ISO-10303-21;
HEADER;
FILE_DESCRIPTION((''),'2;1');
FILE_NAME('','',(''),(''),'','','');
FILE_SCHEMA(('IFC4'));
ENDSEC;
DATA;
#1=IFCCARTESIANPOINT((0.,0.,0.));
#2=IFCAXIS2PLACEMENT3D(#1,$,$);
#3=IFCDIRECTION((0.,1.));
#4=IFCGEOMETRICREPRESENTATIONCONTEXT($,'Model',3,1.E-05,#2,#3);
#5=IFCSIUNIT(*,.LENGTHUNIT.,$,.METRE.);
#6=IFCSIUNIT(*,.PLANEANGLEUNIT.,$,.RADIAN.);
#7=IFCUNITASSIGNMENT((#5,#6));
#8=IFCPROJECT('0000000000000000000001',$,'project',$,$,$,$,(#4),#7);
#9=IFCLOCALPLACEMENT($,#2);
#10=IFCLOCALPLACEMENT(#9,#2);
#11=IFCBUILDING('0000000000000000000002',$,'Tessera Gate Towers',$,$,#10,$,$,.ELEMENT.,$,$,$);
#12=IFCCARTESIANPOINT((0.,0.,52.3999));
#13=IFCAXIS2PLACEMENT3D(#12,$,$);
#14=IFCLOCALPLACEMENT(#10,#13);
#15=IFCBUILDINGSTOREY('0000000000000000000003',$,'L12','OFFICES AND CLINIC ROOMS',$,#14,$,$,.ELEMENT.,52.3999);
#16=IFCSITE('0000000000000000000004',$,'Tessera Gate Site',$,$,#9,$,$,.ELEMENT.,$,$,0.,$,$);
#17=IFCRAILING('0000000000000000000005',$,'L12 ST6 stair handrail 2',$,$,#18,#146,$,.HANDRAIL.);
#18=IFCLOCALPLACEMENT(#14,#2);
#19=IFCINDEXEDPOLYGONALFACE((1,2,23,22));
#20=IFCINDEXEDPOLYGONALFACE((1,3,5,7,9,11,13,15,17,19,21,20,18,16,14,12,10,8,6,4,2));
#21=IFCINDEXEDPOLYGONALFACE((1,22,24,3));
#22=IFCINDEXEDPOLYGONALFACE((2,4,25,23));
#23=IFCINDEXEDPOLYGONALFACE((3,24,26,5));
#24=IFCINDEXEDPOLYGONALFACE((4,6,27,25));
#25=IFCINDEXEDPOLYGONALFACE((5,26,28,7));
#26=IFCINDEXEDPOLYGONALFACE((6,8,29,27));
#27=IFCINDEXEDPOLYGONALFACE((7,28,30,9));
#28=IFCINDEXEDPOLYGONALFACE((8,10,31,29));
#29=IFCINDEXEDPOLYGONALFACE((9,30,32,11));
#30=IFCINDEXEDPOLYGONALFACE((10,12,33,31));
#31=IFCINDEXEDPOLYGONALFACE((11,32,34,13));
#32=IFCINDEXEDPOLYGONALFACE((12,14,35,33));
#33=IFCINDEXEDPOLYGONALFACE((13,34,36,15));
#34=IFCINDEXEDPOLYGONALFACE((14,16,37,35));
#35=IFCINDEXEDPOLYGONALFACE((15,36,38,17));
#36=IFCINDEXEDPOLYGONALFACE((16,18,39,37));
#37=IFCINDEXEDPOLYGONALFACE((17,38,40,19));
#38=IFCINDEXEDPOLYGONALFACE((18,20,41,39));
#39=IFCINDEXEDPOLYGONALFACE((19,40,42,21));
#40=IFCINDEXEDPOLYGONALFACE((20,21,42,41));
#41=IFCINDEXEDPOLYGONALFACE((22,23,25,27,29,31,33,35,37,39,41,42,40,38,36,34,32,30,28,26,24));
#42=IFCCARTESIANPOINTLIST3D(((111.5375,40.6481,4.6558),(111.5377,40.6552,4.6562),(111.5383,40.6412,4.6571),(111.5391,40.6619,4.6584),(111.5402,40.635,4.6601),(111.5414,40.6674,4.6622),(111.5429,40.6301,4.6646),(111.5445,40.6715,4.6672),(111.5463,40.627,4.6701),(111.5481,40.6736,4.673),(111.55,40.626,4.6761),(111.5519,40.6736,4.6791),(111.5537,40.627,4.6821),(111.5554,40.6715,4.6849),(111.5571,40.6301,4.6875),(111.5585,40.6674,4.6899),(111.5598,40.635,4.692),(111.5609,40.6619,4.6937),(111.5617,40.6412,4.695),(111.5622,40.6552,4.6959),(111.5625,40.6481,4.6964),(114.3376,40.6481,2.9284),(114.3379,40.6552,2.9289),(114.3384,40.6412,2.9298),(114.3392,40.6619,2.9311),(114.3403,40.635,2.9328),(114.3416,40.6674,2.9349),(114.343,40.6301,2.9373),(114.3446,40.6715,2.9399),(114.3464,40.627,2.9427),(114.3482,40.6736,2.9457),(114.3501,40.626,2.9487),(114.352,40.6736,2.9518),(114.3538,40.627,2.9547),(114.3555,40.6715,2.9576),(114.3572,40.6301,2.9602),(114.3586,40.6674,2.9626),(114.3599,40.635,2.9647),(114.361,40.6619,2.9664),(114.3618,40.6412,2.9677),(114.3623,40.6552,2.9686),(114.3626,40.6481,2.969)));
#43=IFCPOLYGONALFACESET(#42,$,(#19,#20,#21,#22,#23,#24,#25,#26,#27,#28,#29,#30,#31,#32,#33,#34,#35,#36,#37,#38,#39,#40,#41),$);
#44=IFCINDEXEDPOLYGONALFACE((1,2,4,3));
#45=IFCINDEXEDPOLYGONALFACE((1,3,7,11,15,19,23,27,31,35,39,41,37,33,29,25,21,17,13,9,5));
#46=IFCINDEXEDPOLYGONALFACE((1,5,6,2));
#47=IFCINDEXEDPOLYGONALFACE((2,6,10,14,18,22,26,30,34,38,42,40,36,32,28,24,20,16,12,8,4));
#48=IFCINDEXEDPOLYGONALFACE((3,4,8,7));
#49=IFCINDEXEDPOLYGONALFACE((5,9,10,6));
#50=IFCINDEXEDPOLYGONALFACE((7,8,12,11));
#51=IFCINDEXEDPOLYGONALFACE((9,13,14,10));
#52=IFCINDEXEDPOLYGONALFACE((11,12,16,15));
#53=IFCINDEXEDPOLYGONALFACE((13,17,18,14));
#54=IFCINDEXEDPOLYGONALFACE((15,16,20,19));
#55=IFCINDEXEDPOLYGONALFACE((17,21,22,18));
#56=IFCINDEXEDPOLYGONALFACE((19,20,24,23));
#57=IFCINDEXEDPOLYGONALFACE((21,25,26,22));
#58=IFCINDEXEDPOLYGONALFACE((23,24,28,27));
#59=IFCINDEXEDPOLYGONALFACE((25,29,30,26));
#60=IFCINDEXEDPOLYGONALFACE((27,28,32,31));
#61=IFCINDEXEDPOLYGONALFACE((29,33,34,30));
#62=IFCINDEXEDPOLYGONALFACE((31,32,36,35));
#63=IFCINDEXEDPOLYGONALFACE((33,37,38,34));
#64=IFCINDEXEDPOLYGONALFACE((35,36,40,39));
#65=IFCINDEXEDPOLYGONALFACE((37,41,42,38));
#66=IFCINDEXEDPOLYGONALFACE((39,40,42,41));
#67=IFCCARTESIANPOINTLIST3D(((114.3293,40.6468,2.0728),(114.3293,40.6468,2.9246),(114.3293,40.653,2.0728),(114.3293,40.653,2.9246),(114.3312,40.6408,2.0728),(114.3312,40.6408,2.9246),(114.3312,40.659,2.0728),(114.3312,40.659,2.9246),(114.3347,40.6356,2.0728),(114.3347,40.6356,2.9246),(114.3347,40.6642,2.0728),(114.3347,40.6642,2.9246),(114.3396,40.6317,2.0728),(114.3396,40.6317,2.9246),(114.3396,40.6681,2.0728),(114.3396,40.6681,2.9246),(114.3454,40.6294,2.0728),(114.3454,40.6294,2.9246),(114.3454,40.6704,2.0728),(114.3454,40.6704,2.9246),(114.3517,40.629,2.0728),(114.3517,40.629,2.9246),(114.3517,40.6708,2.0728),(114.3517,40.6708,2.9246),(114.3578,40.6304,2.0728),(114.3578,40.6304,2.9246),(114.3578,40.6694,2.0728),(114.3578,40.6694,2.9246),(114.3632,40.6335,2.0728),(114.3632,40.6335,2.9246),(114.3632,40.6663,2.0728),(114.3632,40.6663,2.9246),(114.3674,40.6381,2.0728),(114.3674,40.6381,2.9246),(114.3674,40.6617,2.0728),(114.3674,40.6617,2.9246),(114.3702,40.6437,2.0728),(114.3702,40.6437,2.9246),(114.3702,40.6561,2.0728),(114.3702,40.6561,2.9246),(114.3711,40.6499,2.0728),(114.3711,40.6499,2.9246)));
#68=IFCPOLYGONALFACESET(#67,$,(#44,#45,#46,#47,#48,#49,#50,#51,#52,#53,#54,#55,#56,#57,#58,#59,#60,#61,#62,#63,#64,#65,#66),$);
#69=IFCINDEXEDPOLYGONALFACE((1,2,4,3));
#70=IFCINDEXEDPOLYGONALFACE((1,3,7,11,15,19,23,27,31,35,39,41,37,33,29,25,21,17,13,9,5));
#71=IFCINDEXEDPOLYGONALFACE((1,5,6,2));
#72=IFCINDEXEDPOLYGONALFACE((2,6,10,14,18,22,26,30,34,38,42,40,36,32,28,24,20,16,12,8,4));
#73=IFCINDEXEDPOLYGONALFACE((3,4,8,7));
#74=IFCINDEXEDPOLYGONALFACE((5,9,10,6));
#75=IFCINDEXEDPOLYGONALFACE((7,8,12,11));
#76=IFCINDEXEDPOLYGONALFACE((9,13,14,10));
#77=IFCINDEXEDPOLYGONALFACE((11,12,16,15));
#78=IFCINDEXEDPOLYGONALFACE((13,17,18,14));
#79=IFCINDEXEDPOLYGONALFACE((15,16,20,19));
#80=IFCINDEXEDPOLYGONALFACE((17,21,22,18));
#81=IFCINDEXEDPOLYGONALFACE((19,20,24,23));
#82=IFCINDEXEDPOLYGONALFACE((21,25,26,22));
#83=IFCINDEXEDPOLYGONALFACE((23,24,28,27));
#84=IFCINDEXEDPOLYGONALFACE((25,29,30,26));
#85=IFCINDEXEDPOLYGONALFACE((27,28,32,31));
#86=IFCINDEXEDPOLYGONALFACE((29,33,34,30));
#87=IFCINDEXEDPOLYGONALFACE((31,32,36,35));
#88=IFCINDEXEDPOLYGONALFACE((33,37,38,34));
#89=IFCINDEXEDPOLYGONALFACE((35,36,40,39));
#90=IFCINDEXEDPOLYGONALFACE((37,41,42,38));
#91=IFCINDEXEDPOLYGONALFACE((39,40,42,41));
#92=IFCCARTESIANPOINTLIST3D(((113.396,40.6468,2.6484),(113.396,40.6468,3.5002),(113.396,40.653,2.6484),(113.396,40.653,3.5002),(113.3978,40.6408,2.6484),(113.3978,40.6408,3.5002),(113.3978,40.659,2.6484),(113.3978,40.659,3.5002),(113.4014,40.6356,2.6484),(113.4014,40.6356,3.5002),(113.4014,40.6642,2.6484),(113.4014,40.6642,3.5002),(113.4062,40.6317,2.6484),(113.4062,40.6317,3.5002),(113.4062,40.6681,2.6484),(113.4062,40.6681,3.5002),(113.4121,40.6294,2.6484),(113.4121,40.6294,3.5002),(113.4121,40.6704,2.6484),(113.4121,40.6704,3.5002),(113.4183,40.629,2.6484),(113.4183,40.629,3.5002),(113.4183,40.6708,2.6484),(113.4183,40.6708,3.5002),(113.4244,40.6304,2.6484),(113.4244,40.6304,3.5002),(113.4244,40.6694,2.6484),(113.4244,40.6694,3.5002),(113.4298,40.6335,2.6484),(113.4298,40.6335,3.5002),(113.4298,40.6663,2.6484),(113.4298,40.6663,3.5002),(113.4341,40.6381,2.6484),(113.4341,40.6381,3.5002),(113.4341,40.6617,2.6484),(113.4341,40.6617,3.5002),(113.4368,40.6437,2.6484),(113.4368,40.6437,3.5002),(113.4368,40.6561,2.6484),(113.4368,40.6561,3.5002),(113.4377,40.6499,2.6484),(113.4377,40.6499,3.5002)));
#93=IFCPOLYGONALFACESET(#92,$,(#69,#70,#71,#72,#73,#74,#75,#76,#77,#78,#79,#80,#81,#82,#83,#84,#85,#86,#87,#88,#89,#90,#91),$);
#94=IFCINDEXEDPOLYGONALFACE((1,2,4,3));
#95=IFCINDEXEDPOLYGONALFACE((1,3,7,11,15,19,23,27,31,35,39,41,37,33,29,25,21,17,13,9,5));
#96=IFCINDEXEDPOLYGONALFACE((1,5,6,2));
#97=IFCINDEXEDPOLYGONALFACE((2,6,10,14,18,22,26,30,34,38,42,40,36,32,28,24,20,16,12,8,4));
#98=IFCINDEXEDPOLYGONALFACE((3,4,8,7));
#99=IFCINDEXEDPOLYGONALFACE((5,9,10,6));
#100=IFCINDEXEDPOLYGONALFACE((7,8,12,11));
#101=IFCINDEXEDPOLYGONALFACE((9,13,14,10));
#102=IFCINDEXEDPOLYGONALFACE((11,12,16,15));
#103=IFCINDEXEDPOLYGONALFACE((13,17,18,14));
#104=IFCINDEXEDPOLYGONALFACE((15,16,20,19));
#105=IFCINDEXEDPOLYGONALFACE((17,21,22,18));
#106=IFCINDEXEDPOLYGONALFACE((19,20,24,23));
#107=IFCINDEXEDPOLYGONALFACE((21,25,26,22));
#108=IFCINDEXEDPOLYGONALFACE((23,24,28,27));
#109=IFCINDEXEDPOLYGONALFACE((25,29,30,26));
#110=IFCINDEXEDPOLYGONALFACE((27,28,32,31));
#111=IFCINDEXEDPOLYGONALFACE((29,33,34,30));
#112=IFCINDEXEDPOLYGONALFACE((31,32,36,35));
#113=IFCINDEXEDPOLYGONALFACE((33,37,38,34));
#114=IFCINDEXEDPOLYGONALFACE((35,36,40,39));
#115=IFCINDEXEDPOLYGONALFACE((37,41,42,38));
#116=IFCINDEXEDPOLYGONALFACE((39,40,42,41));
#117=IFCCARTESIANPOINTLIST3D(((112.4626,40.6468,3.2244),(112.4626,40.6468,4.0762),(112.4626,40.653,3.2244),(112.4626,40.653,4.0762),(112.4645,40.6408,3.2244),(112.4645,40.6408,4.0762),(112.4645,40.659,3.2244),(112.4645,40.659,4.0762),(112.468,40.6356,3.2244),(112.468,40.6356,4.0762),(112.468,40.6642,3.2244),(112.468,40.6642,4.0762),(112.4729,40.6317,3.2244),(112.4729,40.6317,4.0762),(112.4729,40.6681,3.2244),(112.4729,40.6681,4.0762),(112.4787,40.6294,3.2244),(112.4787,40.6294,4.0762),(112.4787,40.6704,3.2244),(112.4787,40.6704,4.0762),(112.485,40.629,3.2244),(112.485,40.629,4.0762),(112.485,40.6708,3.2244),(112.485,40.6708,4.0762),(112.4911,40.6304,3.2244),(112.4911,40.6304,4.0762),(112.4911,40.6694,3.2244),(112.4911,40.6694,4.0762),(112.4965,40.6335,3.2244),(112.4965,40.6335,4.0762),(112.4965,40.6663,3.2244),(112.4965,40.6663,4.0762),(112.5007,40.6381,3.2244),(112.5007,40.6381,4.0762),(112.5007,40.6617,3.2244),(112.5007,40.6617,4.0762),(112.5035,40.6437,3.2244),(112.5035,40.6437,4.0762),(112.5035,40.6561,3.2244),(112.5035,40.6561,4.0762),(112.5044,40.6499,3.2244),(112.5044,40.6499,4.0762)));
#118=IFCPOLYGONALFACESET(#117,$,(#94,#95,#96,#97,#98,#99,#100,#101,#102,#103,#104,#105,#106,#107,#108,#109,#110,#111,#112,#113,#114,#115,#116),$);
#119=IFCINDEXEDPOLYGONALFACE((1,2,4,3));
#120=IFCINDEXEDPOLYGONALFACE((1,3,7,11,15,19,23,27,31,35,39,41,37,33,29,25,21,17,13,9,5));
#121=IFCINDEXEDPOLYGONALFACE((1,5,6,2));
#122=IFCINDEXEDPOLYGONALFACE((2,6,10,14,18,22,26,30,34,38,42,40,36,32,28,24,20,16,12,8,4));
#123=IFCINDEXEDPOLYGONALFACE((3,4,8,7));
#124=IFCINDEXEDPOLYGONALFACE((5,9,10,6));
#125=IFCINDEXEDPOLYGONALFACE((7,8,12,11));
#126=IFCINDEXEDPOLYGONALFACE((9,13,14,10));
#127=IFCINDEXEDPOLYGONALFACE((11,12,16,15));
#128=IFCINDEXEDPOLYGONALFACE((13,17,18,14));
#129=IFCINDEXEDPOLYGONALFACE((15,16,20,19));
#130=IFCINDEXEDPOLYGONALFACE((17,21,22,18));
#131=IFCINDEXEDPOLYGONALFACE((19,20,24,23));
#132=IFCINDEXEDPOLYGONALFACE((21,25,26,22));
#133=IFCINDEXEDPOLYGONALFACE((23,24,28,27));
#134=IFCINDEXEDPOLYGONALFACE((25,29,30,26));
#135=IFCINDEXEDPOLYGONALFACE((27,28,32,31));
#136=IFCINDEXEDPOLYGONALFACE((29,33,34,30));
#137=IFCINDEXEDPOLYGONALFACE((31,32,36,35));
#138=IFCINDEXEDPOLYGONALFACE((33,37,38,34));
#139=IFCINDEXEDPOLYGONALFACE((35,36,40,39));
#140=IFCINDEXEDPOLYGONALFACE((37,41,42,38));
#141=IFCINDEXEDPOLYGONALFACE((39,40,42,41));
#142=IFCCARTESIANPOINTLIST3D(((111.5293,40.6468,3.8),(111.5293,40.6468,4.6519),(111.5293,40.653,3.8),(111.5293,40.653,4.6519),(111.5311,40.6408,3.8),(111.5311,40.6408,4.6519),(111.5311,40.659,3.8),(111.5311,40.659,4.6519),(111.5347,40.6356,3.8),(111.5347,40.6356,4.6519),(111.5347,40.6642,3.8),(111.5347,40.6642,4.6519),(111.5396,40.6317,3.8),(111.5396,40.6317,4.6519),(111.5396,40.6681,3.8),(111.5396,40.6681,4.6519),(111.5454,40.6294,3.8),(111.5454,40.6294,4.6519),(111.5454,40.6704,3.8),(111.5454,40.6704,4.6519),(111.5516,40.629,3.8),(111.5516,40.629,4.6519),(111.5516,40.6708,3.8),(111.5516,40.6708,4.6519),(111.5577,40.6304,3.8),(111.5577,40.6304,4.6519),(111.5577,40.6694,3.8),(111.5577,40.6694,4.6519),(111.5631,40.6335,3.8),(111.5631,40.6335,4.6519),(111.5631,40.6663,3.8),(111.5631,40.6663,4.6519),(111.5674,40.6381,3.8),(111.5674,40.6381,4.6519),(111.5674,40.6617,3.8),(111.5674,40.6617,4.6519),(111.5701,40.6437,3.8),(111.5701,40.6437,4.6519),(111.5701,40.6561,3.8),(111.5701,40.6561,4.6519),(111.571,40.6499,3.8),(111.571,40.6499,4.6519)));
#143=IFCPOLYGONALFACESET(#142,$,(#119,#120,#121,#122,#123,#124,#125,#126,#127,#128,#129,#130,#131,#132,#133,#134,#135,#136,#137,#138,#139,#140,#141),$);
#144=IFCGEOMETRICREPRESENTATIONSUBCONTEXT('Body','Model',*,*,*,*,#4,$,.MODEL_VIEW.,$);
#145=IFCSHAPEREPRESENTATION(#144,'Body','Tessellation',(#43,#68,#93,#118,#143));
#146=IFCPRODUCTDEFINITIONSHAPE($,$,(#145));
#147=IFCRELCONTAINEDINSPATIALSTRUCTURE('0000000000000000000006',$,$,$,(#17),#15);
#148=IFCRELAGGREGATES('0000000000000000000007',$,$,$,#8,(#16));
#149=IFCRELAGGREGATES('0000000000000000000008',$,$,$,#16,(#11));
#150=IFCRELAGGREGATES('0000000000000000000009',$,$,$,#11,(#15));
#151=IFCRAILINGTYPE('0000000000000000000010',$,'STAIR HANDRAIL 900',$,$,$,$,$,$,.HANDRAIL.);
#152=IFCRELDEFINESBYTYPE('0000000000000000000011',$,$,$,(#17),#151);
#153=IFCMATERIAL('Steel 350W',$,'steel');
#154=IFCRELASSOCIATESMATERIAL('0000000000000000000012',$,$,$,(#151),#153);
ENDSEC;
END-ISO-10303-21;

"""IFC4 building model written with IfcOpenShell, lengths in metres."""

from ifc_helpers import new_model, si_unit, direction, frame, origin, origin_2d, place, context, subcontext, project, spatial, circle, extrude, material, type_object, element, save


model = new_model("IFC4")

# Units and contexts
model_context = context("Model", 3, precision=1e-05, world=origin(), true_north=direction((0.0, 1.0)))
body_context = subcontext(model_context, "Body", "Model", "MODEL_VIEW")
ifc_project = project(units=[si_unit("LENGTHUNIT", "METRE"), si_unit("PLANEANGLEUNIT", "RADIAN")], contexts=[model_context])

# Site, building, storey
site_placement = place(None, origin())
site = spatial("IfcSite", under=ifc_project, at=site_placement, Name="Tessera Gate Site", CompositionType="ELEMENT", RefElevation=0.0)
building_placement = place(site_placement, origin())
building = spatial("IfcBuilding", under=site, at=building_placement, Name="Tessera Gate Towers", CompositionType="ELEMENT")
storey_placement = place(building_placement, frame((0.0, 0.0, 52.3999)))
storey = spatial("IfcBuildingStorey", under=building, at=storey_placement, Name="L12", Description="OFFICES AND CLINIC ROOMS", CompositionType="ELEMENT", Elevation=52.3999)

# Railing
ifc_material_1 = material(Name="Steel 350W", Category="steel")
railing_type = type_object("IfcRailingType", Name="STAIR HANDRAIL 900", PredefinedType="HANDRAIL", material=ifc_material_1)
railing_placement = place(storey_placement, frame((114.3501, 40.6499, 2.0728)))
element("IfcRailing", 1, at=railing_placement, inside=storey, type_object=railing_type, Name="L12 ST6 stair handrail 2", PredefinedType="HANDRAIL", context=body_context, shape_type="SweptSolid", body=[
    extrude(circle(Radius=0.0239, at=origin_2d()), frame((0.0, 0.0, 0.876), z_axis=(-0.85109, 0.0, 0.52502), x_axis=(0.0, -1.0, 0.0)), (0.0, 0.0, 1.0), 3.29),
    extrude(circle(Radius=0.021, at=origin_2d()), origin(), (0.0, 0.0, 1.0), 0.8518),
    extrude(circle(Radius=0.021, at=origin_2d()), frame((-0.9333, 0.0, 0.5757)), (0.0, 0.0, 1.0), 0.8518),
    extrude(circle(Radius=0.021, at=origin_2d()), frame((-1.8667, 0.0, 1.1516)), (0.0, 0.0, 1.0), 0.8518),
    extrude(circle(Radius=0.021, at=origin_2d()), frame((-2.8, 0.0, 1.7273)), (0.0, 0.0, 1.0), 0.8518),
])

save(model, "model.ifc")
